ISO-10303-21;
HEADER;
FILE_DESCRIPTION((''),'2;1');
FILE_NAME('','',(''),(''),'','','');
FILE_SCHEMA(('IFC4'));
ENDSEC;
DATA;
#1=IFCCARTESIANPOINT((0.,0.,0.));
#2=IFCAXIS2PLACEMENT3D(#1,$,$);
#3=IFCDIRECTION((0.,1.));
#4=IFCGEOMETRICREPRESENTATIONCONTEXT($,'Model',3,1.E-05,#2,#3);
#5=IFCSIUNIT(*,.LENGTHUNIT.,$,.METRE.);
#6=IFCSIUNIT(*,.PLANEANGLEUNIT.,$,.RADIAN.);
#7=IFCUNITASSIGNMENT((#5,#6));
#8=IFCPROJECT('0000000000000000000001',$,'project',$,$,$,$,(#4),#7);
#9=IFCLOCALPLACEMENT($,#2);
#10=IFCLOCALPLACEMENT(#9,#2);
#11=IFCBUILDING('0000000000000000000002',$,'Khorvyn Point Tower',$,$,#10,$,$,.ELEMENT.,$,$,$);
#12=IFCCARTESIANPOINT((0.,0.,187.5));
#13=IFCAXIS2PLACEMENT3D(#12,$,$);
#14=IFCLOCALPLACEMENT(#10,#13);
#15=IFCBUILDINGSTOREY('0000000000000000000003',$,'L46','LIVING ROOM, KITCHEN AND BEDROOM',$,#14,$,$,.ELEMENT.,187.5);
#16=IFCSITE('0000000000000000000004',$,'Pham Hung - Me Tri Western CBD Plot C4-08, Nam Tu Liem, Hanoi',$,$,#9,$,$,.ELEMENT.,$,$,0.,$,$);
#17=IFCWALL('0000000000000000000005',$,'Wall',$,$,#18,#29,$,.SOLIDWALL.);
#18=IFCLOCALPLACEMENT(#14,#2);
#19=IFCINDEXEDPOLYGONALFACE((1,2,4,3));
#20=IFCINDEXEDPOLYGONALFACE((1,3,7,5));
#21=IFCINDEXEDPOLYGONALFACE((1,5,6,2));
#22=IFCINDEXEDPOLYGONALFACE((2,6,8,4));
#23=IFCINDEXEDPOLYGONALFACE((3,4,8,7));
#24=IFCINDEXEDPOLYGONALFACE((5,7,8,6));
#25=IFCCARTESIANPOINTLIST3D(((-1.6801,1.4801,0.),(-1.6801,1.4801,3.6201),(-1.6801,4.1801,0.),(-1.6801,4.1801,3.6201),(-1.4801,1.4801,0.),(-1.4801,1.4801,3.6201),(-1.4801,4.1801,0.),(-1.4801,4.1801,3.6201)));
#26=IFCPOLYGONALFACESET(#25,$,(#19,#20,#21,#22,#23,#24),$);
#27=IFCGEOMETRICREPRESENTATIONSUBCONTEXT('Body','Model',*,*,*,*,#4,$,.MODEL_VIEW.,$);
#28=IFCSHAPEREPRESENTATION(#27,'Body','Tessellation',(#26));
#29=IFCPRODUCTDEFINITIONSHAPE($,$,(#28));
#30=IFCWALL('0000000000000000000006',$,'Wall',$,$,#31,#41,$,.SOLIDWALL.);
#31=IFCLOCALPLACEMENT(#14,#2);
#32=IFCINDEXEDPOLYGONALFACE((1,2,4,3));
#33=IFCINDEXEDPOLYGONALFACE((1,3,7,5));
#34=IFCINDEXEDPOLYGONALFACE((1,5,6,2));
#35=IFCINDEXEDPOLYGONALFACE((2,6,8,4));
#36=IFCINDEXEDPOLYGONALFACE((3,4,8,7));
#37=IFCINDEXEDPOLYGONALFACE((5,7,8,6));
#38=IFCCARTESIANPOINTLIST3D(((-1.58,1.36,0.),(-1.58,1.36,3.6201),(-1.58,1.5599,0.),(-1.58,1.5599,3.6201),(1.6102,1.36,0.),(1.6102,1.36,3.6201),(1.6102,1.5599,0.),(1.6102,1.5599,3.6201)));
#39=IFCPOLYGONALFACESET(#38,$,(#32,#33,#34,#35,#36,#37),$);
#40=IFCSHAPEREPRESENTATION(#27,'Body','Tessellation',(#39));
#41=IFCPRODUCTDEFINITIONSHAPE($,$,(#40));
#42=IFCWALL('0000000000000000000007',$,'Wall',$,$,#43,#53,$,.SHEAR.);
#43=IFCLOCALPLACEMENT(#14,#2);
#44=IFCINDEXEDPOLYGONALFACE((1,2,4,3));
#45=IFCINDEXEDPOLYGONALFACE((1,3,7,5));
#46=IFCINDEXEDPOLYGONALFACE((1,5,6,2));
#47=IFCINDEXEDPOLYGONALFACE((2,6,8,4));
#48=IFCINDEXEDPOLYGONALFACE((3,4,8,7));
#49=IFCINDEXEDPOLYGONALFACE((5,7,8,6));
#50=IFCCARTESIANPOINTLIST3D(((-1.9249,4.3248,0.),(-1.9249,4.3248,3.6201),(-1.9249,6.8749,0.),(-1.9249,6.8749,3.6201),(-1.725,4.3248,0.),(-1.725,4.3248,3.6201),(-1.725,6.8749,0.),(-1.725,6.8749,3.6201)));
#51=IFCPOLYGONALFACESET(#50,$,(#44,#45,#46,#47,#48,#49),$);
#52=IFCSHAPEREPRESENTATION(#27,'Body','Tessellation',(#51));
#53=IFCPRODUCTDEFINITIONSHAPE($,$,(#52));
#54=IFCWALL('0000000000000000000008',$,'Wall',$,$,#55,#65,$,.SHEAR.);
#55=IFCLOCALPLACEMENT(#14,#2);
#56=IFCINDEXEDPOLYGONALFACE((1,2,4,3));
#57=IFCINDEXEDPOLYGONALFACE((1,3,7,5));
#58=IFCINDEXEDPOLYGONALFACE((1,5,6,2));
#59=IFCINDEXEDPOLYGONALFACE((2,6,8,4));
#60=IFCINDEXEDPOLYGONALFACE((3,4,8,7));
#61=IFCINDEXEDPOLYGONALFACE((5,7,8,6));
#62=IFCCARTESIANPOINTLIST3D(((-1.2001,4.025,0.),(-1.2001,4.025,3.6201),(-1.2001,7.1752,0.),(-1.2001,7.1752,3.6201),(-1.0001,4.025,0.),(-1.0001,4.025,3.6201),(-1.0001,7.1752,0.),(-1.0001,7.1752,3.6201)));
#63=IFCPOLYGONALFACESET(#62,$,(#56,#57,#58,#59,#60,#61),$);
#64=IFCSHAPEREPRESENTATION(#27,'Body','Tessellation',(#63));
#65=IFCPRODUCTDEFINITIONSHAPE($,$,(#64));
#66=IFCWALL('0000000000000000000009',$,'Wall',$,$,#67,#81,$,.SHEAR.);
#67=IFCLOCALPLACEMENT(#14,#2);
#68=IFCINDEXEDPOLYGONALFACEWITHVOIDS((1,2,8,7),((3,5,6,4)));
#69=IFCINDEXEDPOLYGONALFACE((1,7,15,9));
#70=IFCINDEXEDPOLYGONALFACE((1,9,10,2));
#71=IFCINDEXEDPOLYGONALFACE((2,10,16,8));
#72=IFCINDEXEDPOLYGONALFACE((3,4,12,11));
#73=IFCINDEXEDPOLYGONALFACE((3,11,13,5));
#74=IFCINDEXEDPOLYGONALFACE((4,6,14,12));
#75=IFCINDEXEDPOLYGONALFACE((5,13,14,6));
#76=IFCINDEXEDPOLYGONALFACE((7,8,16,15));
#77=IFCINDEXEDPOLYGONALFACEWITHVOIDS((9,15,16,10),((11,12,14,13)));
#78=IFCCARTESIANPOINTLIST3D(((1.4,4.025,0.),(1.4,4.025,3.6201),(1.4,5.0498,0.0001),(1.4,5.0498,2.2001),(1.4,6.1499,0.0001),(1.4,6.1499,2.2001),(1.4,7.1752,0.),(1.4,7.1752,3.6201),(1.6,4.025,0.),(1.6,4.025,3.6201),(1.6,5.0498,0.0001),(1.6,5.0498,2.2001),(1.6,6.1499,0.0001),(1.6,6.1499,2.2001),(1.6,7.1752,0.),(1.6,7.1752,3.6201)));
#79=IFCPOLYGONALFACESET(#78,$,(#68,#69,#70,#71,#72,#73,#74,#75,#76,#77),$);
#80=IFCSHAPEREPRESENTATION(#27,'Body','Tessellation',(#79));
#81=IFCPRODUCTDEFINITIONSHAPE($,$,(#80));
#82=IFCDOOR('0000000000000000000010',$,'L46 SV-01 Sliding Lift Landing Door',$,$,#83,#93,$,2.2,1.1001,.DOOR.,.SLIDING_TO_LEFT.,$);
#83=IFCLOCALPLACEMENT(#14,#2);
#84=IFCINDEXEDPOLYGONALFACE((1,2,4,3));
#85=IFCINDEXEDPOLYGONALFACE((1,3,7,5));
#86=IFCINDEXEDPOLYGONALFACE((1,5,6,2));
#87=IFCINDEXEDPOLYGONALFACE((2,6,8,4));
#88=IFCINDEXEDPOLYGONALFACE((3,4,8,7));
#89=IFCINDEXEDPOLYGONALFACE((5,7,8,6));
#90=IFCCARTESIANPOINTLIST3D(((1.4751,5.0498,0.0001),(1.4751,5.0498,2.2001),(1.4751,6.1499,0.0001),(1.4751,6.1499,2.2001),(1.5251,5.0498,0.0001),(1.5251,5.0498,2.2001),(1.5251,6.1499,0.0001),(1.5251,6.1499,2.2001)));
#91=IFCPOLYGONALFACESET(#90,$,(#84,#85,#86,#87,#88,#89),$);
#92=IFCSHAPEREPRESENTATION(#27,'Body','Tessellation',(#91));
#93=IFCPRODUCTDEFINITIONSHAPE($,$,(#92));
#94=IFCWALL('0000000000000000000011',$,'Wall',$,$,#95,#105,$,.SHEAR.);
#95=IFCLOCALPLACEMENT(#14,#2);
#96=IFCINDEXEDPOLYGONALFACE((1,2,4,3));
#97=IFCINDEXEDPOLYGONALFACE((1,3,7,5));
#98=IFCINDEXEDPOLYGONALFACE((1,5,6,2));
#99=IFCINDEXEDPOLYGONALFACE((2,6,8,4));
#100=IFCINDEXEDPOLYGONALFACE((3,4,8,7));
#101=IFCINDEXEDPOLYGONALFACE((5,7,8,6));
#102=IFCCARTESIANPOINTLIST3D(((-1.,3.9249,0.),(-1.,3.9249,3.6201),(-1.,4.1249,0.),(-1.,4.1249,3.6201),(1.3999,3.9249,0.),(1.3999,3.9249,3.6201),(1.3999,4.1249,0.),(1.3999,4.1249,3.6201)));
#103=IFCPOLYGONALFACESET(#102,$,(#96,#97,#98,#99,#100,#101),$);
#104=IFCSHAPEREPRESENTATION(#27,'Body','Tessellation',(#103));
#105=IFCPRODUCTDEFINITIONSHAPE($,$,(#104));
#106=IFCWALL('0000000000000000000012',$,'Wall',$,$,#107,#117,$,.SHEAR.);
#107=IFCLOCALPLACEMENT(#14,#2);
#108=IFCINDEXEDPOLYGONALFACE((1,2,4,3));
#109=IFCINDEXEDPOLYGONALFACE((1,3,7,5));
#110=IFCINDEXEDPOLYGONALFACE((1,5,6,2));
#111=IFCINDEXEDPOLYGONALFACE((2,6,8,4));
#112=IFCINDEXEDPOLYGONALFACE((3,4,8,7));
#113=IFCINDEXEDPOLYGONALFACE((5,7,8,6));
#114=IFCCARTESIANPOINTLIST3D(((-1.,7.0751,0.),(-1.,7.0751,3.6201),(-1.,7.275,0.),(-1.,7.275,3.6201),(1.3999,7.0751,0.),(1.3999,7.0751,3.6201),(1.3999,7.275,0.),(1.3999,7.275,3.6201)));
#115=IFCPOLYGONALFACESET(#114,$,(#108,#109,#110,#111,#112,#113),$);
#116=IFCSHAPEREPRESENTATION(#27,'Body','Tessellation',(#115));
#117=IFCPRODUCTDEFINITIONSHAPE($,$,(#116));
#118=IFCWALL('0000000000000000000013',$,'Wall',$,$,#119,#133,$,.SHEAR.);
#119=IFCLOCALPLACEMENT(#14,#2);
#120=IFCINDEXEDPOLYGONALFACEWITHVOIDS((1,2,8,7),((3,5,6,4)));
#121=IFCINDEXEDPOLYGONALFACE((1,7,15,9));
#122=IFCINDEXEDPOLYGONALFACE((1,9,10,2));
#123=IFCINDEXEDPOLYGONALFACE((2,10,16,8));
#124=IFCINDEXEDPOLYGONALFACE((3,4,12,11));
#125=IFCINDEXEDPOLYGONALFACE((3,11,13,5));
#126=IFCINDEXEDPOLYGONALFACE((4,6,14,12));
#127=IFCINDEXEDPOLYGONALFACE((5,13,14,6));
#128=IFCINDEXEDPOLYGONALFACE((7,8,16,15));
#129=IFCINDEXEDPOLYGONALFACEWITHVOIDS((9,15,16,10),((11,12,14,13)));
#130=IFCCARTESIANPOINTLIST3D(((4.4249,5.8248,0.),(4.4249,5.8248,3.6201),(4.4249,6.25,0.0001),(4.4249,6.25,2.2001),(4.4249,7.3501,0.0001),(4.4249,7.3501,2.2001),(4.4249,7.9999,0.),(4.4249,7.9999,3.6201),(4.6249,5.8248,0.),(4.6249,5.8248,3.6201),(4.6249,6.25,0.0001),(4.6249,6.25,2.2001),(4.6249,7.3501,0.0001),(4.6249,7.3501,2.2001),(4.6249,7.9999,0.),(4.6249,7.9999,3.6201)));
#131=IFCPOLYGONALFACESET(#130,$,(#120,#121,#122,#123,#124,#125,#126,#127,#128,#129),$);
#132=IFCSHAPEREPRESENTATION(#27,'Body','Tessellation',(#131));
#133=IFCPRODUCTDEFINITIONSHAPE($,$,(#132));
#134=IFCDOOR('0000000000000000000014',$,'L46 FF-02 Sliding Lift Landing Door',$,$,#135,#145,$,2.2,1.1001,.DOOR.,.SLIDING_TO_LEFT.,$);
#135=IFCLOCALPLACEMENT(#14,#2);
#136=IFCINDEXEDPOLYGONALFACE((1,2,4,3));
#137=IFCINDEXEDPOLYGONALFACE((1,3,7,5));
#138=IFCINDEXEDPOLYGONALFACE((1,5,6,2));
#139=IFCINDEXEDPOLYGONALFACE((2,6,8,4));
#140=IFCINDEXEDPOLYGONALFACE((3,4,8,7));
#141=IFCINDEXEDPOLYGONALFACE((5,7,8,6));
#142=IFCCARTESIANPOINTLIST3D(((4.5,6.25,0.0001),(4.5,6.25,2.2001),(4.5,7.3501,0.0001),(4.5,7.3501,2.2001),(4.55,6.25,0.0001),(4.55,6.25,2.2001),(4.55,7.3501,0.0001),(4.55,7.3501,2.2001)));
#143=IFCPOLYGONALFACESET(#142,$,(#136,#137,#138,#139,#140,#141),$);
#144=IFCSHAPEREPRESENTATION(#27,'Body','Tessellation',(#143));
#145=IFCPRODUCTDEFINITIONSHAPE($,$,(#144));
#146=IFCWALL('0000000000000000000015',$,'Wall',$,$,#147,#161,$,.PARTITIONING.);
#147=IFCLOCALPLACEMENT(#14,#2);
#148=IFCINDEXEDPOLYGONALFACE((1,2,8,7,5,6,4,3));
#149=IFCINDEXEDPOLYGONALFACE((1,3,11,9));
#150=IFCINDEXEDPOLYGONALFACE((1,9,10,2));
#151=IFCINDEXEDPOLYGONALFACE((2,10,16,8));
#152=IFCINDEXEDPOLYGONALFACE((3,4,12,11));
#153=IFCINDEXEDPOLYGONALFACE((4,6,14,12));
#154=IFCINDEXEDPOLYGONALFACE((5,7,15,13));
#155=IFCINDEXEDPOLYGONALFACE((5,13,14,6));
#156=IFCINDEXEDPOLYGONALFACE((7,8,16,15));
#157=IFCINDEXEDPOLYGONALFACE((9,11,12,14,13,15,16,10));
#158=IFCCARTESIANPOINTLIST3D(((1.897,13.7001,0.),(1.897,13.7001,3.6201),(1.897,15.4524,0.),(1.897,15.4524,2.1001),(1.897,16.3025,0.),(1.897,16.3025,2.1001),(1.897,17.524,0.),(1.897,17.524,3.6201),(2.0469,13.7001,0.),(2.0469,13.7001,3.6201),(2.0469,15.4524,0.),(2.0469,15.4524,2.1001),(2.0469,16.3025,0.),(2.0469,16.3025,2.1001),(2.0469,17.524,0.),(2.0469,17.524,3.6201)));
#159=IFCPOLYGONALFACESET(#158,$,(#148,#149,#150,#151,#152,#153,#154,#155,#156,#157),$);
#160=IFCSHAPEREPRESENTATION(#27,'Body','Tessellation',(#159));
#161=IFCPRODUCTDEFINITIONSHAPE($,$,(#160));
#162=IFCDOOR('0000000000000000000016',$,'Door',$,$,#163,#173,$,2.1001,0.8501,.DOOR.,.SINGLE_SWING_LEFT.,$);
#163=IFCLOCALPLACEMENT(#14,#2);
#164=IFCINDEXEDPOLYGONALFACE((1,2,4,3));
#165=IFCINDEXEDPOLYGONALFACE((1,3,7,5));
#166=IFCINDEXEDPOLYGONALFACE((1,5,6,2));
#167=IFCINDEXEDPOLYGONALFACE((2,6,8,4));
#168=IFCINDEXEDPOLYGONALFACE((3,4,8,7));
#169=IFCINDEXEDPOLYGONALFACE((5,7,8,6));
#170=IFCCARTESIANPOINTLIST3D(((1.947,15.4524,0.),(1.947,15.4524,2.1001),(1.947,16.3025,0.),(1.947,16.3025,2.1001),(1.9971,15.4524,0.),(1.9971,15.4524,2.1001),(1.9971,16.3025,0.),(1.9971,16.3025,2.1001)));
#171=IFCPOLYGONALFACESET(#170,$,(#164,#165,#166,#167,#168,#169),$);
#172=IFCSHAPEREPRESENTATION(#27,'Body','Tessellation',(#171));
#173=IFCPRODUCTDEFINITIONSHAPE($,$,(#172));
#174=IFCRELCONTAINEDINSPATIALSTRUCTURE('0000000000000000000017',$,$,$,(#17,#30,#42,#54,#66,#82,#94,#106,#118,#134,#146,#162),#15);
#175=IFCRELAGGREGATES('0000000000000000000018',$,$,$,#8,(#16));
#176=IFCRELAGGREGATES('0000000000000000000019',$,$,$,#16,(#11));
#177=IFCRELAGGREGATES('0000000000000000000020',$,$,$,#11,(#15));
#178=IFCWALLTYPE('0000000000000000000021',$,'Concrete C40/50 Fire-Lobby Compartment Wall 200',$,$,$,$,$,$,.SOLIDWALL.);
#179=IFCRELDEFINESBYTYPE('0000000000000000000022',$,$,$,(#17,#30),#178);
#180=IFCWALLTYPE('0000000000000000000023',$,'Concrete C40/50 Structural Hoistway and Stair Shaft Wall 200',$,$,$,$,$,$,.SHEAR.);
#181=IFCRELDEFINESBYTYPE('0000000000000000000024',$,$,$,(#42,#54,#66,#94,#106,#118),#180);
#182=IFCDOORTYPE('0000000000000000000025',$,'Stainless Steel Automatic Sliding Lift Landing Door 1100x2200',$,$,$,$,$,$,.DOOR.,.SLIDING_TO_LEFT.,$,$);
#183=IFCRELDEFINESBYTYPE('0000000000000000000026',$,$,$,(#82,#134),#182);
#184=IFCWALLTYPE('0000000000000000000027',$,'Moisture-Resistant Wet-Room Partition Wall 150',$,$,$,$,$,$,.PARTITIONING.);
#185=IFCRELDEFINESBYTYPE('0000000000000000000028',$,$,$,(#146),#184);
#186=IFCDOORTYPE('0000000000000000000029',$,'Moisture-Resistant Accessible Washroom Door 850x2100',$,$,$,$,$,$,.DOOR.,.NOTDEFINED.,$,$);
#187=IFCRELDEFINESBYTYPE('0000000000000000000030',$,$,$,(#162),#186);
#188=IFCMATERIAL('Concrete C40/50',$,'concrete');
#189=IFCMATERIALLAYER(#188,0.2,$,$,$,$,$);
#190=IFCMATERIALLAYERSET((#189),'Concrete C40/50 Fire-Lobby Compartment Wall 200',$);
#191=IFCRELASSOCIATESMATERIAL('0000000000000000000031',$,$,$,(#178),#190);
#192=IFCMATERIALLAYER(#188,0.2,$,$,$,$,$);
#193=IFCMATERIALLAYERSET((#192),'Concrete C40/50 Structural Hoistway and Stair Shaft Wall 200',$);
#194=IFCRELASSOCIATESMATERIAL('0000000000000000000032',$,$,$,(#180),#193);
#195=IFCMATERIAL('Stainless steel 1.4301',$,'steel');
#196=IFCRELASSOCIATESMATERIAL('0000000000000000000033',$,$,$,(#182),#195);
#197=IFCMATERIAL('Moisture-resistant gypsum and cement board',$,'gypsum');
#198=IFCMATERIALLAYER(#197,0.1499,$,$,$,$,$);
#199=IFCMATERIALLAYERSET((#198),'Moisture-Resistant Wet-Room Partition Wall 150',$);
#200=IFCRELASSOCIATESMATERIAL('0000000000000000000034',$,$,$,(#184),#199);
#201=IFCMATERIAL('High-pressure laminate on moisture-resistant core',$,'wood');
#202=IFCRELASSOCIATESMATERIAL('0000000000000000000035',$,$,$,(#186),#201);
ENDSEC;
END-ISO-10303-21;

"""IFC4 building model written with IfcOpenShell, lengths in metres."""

from ifc_helpers import new_model, si_unit, direction, frame, frame_2d, origin, place, context, subcontext, project, spatial, rectangle, extrude, material, layer, layer_set, type_object, element, fill, save


model = new_model("IFC4")

# Units and contexts
model_context = context("Model", 3, precision=1e-05, world=origin(), true_north=direction((0.0, 1.0)))
body_context = subcontext(model_context, "Body", "Model", "MODEL_VIEW")
ifc_project = project(units=[si_unit("LENGTHUNIT", "METRE"), si_unit("PLANEANGLEUNIT", "RADIAN")], contexts=[model_context])

# Site, building, storey
site_placement = place(None, origin())
site = spatial("IfcSite", under=ifc_project, at=site_placement, Name="Pham Hung - Me Tri Western CBD Plot C4-08, Nam Tu Liem, Hanoi", CompositionType="ELEMENT", RefElevation=0.0)
building_placement = place(site_placement, origin())
building = spatial("IfcBuilding", under=site, at=building_placement, Name="Khorvyn Point Tower", CompositionType="ELEMENT")
storey_placement = place(building_placement, frame((0.0, 0.0, 187.5)))
storey = spatial("IfcBuildingStorey", under=building, at=storey_placement, Name="L46", Description="LIVING ROOM, KITCHEN AND BEDROOM", CompositionType="ELEMENT", Elevation=187.5)

# Shared definitions
ifc_material_1 = material(Name="Concrete C40/50", Category="concrete")

# Shared definitions
ifc_layer_1 = layer(ifc_material_1, 0.2)
ifc_layer_set_1 = layer_set([ifc_layer_1], Name="Concrete C40/50 Fire-Lobby Compartment Wall 200")
wall_type_1 = type_object("IfcWallType", Name="Concrete C40/50 Fire-Lobby Compartment Wall 200", PredefinedType="SOLIDWALL", material=ifc_layer_set_1)

# Walls
wall_1_placement = place(storey_placement, frame((-1.5801, 1.48, 0.0), z_axis=(0.0, 0.0, 1.0), x_axis=(0.0, 1.0, 0.0)))
element("IfcWall", 1, at=wall_1_placement, inside=storey, type_object=wall_type_1, Name="Wall", PredefinedType="SOLIDWALL", context=body_context, shape_type="SweptSolid", body=[
    extrude(rectangle(XDim=2.7, YDim=0.2, at=frame_2d((1.3501, 0.0))), origin(), (0.0, 0.0, 1.0), 3.6201),
])
wall_2_placement = place(storey_placement, frame((-1.5801, 1.46, 0.0), z_axis=(0.0, 0.0, 1.0), x_axis=(1.0, 0.0, 0.0)))
element("IfcWall", 2, at=wall_2_placement, inside=storey, type_object=wall_type_1, Name="Wall", PredefinedType="SOLIDWALL", context=body_context, shape_type="SweptSolid", body=[
    extrude(rectangle(XDim=3.1902, YDim=0.2, at=frame_2d((1.5952, 0.0))), origin(), (0.0, 0.0, 1.0), 3.6201),
])

# Walls
ifc_layer_2 = layer(ifc_material_1, 0.2)
ifc_layer_set_2 = layer_set([ifc_layer_2], Name="Concrete C40/50 Structural Hoistway and Stair Shaft Wall 200")
wall_type_2 = type_object("IfcWallType", Name="Concrete C40/50 Structural Hoistway and Stair Shaft Wall 200", PredefinedType="SHEAR", material=ifc_layer_set_2)
wall_3_placement = place(storey_placement, frame((-1.825, 4.325, 0.0), z_axis=(0.0, 0.0, 1.0), x_axis=(0.0, 1.0, 0.0)))
element("IfcWall", 3, at=wall_3_placement, inside=storey, type_object=wall_type_2, Name="Wall", PredefinedType="SHEAR", context=body_context, shape_type="SweptSolid", body=[
    extrude(rectangle(XDim=2.55, YDim=0.2, at=frame_2d((1.2749, 0.0))), origin(), (0.0, 0.0, 1.0), 3.6201),
])
wall_4_placement = place(storey_placement, frame((-1.1001, 4.0249, 0.0), z_axis=(0.0, 0.0, 1.0), x_axis=(0.0, 1.0, 0.0)))
element("IfcWall", 4, at=wall_4_placement, inside=storey, type_object=wall_type_2, Name="Wall", PredefinedType="SHEAR", context=body_context, shape_type="SweptSolid", body=[
    extrude(rectangle(XDim=3.1501, YDim=0.2, at=frame_2d((1.5752, 0.0))), origin(), (0.0, 0.0, 1.0), 3.6201),
])

# Wall, opening, door
wall_5_placement = place(storey_placement, frame((1.5, 4.0249, 0.0), z_axis=(0.0, 0.0, 1.0), x_axis=(0.0, 1.0, 0.0)))
wall_5 = element("IfcWall", 5, at=wall_5_placement, inside=storey, type_object=wall_type_2, Name="Wall", PredefinedType="SHEAR", context=body_context, shape_type="SweptSolid", body=[
    extrude(rectangle(XDim=3.1501, YDim=0.2, at=frame_2d((1.5752, 0.0))), origin(), (0.0, 0.0, 1.0), 3.6201),
])
opening_1_placement = place(wall_5_placement, frame((1.0249, 0.0, 0.0)))
opening_1 = element("IfcOpeningElement", 6, at=opening_1_placement, cuts=wall_5, PredefinedType="OPENING", context=body_context, shape_type="SweptSolid", body=[
    extrude(rectangle(XDim=1.1001, YDim=2.2, at=frame_2d((0.55, 1.1001))), frame((0.0, 0.1099, 0.0), z_axis=(0.0, -1.0, 0.0), x_axis=(1.0, 0.0, 0.0)), (0.0, 0.0, 1.0), 0.22),
])
ifc_material_2 = material(Name="Stainless steel 1.4301", Category="steel")
door_type_1 = type_object("IfcDoorType", Name="Stainless Steel Automatic Sliding Lift Landing Door 1100x2200", OperationType="SLIDING_TO_LEFT", PredefinedType="DOOR", material=ifc_material_2)
door_1_placement = place(opening_1_placement, origin())
door_1 = element("IfcDoor", 7, at=door_1_placement, inside=storey, type_object=door_type_1, Name="L46 SV-01 Sliding Lift Landing Door", OperationType="SLIDING_TO_LEFT", OverallHeight=2.2, OverallWidth=1.1001, PredefinedType="DOOR", context=body_context, shape_type="SweptSolid", body=[
    extrude(rectangle(XDim=1.1001, YDim=2.2, at=frame_2d((0.55, 1.1001))), frame((0.0, 0.0249, 0.0), z_axis=(0.0, -1.0, 0.0), x_axis=(1.0, 0.0, 0.0)), (0.0, 0.0, 1.0), 0.05),
])
fill(opening_1, door_1)

# Walls
for number, where, z_axis, x_axis, name in (
    (8, (-1.0, 4.0249, 0.0), (0.0, 0.0, 1.0), (1.0, 0.0, 0.0), "Wall"),
    (9, (-1.0, 7.175, 0.0), (0.0, 0.0, 1.0), (1.0, 0.0, 0.0), "Wall"),
):
    element("IfcWall", number, at=place(storey_placement, frame(where, z_axis=z_axis, x_axis=x_axis)), inside=storey, type_object=wall_type_2, Name=name, PredefinedType="SHEAR", context=body_context, shape_type="SweptSolid", body=[
        extrude(rectangle(XDim=2.3999, YDim=0.2, at=frame_2d((1.2, 0.0))), origin(), (0.0, 0.0, 1.0), 3.6201),
    ])

# Walls, openings, doors
wall_6_placement = place(storey_placement, frame((4.5249, 5.825, 0.0), z_axis=(0.0, 0.0, 1.0), x_axis=(0.0, 1.0, 0.0)))
wall_6 = element("IfcWall", 10, at=wall_6_placement, inside=storey, type_object=wall_type_2, Name="Wall", PredefinedType="SHEAR", context=body_context, shape_type="SweptSolid", body=[
    extrude(rectangle(XDim=2.175, YDim=0.2, at=frame_2d((1.0874, 0.0))), origin(), (0.0, 0.0, 1.0), 3.6201),
])
opening_2_placement = place(wall_6_placement, frame((0.425, 0.0, 0.0)))
opening_2 = element("IfcOpeningElement", 11, at=opening_2_placement, cuts=wall_6, PredefinedType="OPENING", context=body_context, shape_type="SweptSolid", body=[
    extrude(rectangle(XDim=1.1001, YDim=2.2, at=frame_2d((0.55, 1.1001))), frame((0.0, 0.1099, 0.0), z_axis=(0.0, -1.0, 0.0), x_axis=(1.0, 0.0, 0.0)), (0.0, 0.0, 1.0), 0.22),
])
door_2_placement = place(opening_2_placement, origin())
door_2 = element("IfcDoor", 12, at=door_2_placement, inside=storey, type_object=door_type_1, Name="L46 FF-02 Sliding Lift Landing Door", OperationType="SLIDING_TO_LEFT", OverallHeight=2.2, OverallWidth=1.1001, PredefinedType="DOOR", context=body_context, shape_type="SweptSolid", body=[
    extrude(rectangle(XDim=1.1001, YDim=2.2, at=frame_2d((0.55, 1.1001))), frame((0.0, 0.0249, 0.0), z_axis=(0.0, -1.0, 0.0), x_axis=(1.0, 0.0, 0.0)), (0.0, 0.0, 1.0), 0.05),
])
fill(opening_2, door_2)
ifc_material_3 = material(Name="Moisture-resistant gypsum and cement board", Category="gypsum")
ifc_layer_3 = layer(ifc_material_3, 0.1499)
ifc_layer_set_3 = layer_set([ifc_layer_3], Name="Moisture-Resistant Wet-Room Partition Wall 150")
wall_type_3 = type_object("IfcWallType", Name="Moisture-Resistant Wet-Room Partition Wall 150", PredefinedType="PARTITIONING", material=ifc_layer_set_3)
wall_7_placement = place(storey_placement, frame((1.9719, 13.7, 0.0), z_axis=(0.0, 0.0, 1.0), x_axis=(0.0, 1.0, 0.0)))
wall_7 = element("IfcWall", 13, at=wall_7_placement, inside=storey, type_object=wall_type_3, Name="Wall", PredefinedType="PARTITIONING", context=body_context, shape_type="SweptSolid", body=[
    extrude(rectangle(XDim=3.824, YDim=0.1499, at=frame_2d((1.9121, 0.0))), origin(), (0.0, 0.0, 1.0), 3.6201),
])
opening_3_placement = place(wall_7_placement, frame((1.7524, 0.0, 0.0)))
opening_3 = element("IfcOpeningElement", 14, at=opening_3_placement, cuts=wall_7, PredefinedType="OPENING", context=body_context, shape_type="SweptSolid", body=[
    extrude(rectangle(XDim=0.8501, YDim=2.1001, at=frame_2d((0.425, 1.05))), frame((0.0, 0.085, 0.0), z_axis=(0.0, -1.0, 0.0), x_axis=(1.0, 0.0, 0.0)), (0.0, 0.0, 1.0), 0.1699),
])
ifc_material_4 = material(Name="High-pressure laminate on moisture-resistant core", Category="wood")
door_type_2 = type_object("IfcDoorType", Name="Moisture-Resistant Accessible Washroom Door 850x2100", OperationType="NOTDEFINED", PredefinedType="DOOR", material=ifc_material_4)
door_3_placement = place(opening_3_placement, origin())
door_3 = element("IfcDoor", 15, at=door_3_placement, inside=storey, type_object=door_type_2, Name="Door", OperationType="SINGLE_SWING_LEFT", OverallHeight=2.1001, OverallWidth=0.8501, PredefinedType="DOOR", context=body_context, shape_type="SweptSolid", body=[
    extrude(rectangle(XDim=0.8501, YDim=2.1001, at=frame_2d((0.425, 1.05))), frame((0.0, 0.0249, 0.0), z_axis=(0.0, -1.0, 0.0), x_axis=(1.0, 0.0, 0.0)), (0.0, 0.0, 1.0), 0.05),
])
fill(opening_3, door_3)

save(model, "model.ifc")
